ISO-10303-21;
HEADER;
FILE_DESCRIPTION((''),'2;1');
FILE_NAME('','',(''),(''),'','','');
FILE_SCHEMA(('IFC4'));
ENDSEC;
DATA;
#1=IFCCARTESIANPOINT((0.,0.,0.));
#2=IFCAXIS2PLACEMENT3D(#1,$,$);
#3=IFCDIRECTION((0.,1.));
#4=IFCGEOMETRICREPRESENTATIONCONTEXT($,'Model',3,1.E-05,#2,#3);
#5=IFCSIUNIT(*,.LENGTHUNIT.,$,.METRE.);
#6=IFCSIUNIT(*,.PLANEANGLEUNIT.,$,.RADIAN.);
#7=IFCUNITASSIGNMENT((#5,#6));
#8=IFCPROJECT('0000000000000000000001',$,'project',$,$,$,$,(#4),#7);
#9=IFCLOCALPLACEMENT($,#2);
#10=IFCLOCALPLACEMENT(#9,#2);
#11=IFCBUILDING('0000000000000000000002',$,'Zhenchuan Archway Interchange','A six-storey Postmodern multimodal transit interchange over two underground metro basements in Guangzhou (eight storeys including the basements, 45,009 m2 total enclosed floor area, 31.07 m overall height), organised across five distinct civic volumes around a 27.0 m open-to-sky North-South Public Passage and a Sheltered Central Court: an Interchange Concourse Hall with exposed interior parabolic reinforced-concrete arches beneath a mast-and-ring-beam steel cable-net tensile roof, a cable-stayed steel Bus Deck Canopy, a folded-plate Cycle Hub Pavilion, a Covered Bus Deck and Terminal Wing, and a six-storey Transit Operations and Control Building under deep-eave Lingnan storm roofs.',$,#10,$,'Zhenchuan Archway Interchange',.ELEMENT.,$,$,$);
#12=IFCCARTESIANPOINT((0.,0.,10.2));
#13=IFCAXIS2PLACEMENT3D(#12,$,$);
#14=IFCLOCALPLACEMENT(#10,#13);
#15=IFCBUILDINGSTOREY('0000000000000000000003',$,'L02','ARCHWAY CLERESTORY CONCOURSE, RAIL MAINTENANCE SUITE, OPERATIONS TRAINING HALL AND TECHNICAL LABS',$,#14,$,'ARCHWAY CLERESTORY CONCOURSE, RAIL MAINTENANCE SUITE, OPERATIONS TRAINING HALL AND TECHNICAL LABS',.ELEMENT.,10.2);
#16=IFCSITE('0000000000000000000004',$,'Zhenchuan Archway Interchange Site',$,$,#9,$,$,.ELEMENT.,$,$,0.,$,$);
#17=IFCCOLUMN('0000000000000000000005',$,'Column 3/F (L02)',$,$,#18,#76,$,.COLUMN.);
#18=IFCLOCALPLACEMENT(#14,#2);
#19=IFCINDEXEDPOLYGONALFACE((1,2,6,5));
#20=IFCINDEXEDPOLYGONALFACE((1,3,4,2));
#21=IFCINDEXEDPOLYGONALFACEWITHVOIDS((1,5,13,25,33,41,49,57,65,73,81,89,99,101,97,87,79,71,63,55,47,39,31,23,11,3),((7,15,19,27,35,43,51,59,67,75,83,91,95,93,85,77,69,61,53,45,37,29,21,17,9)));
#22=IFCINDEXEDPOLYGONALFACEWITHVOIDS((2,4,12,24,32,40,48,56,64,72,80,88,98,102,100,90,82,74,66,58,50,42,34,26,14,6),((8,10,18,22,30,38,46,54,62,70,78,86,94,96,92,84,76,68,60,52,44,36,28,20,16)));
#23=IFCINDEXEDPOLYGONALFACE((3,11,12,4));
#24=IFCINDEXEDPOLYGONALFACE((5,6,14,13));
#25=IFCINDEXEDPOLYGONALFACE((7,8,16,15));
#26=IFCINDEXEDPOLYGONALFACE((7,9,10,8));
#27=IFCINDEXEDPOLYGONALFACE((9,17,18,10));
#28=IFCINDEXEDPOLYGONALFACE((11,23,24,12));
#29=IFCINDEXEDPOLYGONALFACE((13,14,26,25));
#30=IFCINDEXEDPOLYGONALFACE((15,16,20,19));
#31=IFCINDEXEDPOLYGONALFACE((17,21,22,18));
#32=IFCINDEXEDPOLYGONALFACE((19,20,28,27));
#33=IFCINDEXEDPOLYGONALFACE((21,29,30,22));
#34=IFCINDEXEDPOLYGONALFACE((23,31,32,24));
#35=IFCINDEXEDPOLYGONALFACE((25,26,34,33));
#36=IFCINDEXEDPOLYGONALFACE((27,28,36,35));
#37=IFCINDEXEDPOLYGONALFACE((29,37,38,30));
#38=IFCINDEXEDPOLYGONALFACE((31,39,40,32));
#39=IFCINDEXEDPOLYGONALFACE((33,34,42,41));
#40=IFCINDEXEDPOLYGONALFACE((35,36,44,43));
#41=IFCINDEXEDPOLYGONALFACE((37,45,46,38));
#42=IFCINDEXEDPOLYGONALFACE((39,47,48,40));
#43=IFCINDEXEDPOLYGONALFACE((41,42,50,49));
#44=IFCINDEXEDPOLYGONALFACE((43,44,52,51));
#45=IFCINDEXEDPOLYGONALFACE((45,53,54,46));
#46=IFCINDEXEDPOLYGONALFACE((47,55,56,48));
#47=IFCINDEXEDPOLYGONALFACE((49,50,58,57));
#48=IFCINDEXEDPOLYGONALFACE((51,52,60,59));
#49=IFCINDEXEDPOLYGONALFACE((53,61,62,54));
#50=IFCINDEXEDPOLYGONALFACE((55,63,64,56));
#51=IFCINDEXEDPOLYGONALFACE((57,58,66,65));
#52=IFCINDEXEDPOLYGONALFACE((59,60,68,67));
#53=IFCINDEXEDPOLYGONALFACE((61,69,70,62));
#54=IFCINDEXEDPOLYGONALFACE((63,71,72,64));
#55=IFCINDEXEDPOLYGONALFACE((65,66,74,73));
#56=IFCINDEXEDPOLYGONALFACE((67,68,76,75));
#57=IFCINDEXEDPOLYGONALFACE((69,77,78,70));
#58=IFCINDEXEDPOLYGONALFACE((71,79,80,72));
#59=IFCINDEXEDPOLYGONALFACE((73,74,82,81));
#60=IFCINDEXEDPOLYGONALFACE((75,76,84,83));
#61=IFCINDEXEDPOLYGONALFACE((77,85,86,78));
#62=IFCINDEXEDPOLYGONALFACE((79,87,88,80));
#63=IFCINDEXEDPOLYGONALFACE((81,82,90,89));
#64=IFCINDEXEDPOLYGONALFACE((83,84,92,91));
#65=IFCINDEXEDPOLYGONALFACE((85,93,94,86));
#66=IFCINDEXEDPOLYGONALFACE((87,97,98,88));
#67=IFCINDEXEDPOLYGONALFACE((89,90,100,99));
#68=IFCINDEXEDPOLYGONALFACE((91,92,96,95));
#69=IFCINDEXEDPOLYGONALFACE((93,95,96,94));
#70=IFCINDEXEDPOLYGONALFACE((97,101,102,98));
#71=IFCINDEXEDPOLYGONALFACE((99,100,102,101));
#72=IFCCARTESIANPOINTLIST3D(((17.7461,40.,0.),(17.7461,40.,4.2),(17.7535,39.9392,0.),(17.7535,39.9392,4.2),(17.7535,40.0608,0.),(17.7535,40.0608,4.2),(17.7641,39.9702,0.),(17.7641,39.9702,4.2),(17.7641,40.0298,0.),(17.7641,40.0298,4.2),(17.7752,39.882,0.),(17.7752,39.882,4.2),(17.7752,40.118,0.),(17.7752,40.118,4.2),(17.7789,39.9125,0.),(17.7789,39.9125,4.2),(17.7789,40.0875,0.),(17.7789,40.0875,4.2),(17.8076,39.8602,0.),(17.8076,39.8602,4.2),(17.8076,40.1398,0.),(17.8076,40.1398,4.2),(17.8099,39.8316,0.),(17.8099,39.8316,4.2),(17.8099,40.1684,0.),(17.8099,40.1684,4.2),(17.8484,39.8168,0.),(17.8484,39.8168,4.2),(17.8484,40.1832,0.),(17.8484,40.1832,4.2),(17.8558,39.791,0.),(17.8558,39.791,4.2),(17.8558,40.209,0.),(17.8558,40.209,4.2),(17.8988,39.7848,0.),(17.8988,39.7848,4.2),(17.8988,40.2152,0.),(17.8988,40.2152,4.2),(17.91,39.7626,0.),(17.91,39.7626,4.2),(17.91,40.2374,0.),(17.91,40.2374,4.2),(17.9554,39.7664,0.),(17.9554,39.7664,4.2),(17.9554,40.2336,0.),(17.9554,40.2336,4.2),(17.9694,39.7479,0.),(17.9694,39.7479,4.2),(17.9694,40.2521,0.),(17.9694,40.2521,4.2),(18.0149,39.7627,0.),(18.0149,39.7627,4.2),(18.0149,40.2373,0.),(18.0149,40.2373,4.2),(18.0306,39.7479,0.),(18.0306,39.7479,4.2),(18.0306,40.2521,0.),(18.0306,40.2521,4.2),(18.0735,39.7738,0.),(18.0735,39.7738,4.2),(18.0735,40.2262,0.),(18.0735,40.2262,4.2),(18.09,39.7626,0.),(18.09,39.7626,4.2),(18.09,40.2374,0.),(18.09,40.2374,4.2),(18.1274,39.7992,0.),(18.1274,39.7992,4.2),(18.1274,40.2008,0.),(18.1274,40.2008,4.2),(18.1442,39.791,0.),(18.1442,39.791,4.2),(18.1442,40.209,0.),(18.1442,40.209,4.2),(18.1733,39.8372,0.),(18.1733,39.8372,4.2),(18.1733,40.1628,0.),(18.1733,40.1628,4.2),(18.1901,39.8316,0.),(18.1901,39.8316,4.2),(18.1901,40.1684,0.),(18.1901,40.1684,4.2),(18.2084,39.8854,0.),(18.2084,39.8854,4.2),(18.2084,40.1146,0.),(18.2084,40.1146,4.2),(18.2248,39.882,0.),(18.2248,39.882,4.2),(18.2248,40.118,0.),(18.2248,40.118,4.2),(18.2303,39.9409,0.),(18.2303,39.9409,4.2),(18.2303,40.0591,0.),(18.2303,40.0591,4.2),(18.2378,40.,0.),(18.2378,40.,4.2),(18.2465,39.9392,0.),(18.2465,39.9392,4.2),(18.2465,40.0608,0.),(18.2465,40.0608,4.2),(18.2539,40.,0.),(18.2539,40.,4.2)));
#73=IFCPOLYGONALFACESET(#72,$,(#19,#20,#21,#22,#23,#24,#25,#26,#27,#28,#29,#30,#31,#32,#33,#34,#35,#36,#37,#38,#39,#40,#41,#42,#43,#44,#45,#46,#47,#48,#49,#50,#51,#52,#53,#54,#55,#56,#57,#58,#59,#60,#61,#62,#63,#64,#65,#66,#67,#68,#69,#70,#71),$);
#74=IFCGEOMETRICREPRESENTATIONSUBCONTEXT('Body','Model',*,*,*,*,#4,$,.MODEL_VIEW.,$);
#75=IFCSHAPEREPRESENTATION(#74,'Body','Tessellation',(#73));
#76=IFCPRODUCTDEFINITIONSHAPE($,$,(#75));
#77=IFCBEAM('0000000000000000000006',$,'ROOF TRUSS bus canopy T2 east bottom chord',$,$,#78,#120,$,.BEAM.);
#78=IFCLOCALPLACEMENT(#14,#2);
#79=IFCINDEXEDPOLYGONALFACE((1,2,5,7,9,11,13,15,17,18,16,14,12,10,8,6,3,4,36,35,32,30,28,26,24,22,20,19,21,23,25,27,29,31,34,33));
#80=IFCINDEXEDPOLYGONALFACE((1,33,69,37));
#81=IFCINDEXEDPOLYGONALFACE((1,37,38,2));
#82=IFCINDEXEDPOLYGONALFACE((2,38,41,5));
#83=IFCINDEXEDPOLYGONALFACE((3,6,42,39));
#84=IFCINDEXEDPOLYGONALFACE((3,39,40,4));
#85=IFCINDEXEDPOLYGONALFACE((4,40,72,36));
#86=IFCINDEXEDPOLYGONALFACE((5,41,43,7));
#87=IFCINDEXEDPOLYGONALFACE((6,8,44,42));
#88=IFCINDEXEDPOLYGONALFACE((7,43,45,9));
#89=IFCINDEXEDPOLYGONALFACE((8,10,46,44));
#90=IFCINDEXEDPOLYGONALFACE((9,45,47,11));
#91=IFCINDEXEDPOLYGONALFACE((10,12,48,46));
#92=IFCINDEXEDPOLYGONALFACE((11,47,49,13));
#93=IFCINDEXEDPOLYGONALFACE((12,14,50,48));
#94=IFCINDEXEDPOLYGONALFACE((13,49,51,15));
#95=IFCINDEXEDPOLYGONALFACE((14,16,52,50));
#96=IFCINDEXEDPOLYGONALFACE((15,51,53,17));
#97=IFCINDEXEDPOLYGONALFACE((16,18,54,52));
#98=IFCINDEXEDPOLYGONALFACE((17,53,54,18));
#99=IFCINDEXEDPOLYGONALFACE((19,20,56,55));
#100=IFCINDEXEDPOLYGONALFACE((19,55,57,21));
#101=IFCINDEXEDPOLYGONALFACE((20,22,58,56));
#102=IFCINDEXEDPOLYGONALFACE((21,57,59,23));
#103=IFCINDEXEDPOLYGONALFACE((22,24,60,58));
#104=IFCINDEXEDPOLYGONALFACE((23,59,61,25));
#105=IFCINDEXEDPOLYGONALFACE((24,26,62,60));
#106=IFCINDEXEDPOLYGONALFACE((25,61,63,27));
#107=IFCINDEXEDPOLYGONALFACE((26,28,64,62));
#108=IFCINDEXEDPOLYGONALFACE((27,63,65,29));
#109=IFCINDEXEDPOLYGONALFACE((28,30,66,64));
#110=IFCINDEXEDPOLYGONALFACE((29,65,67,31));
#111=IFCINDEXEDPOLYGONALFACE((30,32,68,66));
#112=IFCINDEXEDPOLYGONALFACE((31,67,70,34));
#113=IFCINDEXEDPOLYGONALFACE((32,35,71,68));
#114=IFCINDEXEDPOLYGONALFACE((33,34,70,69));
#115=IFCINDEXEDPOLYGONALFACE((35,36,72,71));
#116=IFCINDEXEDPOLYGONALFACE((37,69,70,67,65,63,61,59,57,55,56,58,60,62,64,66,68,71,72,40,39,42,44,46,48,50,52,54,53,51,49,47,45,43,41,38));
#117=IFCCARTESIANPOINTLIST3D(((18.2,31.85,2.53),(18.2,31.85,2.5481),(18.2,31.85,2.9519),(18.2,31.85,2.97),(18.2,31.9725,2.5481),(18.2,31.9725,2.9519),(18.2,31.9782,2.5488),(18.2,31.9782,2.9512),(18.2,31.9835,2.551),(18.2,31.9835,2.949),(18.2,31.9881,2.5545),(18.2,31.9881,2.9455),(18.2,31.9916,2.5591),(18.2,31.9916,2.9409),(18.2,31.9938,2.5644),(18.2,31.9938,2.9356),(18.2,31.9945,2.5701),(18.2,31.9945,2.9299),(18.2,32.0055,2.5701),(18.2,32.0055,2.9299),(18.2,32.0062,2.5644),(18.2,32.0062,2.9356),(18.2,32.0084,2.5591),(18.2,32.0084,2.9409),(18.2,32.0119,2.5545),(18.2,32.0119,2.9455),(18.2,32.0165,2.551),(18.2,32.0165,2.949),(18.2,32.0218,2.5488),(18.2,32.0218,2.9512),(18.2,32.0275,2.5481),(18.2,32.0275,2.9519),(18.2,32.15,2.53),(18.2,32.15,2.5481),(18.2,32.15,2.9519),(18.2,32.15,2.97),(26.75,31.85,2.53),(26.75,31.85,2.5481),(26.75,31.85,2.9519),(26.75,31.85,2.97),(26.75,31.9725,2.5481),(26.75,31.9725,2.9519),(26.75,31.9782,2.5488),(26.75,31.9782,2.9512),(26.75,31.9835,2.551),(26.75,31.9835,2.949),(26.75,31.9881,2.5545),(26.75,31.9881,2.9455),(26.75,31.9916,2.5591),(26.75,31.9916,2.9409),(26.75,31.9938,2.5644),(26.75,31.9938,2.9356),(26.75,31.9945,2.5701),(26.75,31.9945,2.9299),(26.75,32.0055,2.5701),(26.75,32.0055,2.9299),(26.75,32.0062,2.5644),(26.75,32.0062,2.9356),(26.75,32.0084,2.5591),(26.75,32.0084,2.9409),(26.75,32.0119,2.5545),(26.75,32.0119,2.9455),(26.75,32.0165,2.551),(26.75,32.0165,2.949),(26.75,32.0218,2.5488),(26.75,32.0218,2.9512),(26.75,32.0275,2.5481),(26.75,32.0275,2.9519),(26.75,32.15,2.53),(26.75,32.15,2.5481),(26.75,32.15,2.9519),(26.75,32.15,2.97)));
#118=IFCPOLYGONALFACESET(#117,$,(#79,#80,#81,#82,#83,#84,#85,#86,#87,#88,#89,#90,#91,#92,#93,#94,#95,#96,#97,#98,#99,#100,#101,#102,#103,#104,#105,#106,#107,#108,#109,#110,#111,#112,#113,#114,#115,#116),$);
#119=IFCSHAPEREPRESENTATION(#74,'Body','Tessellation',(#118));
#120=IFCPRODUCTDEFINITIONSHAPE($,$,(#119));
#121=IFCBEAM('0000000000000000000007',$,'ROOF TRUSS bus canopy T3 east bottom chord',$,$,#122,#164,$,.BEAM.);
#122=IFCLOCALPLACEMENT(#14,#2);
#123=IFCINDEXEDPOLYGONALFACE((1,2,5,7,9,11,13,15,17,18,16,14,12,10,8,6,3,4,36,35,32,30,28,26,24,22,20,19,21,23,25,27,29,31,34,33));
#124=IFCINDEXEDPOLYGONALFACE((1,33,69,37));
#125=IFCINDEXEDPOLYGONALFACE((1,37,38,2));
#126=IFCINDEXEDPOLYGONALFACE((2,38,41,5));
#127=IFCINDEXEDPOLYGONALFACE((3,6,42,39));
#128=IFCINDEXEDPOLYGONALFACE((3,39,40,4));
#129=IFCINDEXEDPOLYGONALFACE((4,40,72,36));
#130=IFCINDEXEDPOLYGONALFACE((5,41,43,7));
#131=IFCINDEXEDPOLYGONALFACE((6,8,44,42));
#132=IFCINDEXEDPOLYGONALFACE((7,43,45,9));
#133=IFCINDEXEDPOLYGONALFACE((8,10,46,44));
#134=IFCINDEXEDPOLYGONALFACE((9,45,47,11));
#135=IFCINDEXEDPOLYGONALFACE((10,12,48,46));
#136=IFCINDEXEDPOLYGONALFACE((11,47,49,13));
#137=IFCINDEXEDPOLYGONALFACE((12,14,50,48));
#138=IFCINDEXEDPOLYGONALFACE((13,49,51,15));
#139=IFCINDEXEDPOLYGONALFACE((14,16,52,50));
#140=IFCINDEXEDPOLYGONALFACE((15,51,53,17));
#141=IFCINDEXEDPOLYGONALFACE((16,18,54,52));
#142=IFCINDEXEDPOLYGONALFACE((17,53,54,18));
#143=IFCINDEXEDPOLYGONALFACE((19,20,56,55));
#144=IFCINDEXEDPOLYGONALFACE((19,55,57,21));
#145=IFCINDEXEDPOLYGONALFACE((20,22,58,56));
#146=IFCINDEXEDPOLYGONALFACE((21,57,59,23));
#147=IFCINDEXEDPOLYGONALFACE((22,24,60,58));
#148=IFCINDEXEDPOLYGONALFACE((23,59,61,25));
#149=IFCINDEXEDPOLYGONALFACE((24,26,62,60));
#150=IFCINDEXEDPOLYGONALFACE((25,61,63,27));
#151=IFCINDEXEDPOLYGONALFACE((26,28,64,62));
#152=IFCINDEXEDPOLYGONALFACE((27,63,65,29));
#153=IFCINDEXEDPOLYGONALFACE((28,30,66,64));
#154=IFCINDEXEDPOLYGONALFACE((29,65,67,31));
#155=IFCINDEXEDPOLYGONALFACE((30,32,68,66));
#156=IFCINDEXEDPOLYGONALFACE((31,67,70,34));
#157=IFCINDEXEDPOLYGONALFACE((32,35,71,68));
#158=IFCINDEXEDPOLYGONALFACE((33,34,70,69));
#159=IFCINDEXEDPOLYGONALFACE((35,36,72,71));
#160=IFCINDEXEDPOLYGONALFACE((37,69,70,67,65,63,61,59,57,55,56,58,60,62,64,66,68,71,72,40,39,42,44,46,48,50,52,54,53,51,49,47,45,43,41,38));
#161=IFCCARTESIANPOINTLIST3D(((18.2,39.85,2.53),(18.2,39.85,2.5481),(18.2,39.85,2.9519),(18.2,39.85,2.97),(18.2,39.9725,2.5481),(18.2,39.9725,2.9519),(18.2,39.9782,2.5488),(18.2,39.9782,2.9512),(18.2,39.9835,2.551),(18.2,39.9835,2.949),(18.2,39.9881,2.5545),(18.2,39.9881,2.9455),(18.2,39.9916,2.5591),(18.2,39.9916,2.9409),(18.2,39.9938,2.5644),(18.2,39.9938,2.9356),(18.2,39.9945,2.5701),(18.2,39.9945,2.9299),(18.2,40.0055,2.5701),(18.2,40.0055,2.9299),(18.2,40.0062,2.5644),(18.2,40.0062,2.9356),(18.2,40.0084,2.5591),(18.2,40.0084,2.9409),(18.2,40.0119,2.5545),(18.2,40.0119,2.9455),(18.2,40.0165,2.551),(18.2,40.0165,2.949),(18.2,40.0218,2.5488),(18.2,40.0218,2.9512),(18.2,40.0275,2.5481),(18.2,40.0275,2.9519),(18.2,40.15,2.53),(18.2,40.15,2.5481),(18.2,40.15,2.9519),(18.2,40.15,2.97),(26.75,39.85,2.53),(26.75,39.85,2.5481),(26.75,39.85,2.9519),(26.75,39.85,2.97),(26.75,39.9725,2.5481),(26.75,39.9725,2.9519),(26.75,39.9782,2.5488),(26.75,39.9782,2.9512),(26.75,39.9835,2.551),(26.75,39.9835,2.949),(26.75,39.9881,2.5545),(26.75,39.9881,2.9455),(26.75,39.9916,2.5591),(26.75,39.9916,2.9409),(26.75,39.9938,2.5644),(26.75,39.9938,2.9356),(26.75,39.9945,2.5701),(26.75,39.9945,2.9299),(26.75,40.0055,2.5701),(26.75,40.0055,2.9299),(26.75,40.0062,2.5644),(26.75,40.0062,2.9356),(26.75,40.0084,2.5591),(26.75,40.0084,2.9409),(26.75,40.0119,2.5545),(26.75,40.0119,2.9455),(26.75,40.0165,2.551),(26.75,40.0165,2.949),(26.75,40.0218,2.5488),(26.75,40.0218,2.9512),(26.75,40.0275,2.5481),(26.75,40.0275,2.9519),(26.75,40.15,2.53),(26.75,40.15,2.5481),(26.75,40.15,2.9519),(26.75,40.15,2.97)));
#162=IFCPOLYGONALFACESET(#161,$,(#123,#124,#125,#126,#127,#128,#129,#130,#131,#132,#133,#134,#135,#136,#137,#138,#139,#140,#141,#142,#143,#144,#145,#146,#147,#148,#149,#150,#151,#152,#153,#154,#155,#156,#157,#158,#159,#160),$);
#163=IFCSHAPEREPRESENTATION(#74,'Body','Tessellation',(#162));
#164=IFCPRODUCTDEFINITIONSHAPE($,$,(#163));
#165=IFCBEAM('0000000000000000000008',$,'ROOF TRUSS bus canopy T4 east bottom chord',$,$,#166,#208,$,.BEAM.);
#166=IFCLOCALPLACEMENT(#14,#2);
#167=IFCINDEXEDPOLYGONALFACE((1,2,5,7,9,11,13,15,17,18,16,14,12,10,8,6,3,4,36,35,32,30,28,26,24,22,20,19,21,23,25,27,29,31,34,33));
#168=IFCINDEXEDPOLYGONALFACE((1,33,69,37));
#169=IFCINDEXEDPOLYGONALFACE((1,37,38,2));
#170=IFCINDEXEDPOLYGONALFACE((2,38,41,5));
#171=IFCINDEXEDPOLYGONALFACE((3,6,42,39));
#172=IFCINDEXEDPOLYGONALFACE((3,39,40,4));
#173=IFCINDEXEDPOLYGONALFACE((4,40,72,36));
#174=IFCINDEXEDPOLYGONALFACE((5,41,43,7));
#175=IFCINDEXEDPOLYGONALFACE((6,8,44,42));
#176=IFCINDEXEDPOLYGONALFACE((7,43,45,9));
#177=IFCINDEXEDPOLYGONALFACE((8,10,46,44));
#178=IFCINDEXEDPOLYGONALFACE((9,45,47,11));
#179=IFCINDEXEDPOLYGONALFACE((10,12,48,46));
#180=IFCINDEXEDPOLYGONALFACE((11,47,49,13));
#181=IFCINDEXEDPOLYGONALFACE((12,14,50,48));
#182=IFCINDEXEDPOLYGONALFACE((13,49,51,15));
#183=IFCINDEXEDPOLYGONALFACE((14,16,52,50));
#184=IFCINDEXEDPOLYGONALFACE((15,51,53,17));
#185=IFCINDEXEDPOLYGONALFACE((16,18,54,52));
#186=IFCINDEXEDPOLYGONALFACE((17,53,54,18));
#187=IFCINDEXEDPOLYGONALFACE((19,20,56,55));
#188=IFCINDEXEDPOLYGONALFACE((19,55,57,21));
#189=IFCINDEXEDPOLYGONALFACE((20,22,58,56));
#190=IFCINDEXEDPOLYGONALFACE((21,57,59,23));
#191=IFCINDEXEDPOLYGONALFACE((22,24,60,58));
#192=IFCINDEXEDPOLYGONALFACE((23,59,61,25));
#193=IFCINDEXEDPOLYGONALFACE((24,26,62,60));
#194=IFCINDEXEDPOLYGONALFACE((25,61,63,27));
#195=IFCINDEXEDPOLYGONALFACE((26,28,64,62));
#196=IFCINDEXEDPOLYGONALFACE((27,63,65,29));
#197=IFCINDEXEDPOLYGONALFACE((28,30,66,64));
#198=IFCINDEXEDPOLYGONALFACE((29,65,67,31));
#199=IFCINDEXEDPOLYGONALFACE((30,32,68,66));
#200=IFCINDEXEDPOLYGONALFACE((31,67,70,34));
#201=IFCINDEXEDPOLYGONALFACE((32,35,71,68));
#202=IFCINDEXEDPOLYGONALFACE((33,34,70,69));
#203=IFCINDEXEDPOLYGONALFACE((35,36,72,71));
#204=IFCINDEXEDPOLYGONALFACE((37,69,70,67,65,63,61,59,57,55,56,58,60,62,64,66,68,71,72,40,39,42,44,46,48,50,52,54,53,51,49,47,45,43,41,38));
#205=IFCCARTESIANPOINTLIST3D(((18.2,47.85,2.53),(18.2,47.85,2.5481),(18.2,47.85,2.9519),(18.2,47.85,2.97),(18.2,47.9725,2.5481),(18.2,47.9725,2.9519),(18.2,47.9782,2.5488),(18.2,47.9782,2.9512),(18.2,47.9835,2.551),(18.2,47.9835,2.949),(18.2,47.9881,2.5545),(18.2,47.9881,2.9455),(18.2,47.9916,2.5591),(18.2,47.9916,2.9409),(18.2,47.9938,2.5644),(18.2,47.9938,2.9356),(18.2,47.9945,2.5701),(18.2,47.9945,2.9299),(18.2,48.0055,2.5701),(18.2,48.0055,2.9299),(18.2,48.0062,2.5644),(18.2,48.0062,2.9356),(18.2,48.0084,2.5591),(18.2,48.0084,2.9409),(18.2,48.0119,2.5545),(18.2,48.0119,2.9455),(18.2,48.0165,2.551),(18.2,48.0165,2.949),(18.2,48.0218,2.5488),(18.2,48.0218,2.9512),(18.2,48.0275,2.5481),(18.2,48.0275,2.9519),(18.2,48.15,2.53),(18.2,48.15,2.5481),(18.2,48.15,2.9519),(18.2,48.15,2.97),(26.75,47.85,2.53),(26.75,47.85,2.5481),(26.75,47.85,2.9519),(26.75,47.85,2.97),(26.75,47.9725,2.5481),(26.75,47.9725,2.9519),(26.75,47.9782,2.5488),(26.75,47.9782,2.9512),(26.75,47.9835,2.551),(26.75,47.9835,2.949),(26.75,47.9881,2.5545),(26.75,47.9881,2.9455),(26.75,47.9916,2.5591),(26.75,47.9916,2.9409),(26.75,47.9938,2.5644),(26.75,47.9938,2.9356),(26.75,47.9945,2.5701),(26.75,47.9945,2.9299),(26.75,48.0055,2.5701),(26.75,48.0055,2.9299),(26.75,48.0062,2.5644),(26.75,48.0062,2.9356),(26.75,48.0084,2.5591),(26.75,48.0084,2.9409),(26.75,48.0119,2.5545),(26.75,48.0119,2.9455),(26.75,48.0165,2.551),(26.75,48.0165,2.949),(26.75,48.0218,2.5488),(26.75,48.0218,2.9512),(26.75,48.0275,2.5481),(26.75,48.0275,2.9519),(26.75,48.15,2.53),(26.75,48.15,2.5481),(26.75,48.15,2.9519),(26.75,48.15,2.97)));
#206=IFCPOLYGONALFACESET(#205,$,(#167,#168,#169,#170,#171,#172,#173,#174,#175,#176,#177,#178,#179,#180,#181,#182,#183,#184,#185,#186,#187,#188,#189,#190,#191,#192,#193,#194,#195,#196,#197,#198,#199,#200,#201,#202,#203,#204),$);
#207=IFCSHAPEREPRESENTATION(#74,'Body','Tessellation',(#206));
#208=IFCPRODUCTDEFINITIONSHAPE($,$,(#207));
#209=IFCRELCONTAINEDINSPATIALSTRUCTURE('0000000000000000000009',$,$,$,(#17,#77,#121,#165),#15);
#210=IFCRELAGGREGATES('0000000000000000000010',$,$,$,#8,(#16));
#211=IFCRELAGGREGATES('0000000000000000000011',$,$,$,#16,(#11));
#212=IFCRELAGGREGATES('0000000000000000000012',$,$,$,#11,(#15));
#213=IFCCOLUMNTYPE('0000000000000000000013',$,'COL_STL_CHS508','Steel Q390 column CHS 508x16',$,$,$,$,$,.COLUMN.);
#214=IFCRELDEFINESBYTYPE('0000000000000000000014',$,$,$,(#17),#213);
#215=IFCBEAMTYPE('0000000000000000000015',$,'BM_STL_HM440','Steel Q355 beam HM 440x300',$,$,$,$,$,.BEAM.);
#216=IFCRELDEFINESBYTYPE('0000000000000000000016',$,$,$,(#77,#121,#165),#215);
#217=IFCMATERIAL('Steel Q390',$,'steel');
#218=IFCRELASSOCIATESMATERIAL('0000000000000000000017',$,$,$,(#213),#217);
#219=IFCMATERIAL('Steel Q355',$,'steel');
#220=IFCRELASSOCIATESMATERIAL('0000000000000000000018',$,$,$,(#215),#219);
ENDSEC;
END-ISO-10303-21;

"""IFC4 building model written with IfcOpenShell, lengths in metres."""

from ifc_helpers import new_model, si_unit, direction, frame, origin, origin_2d, place, context, subcontext, project, spatial, hollow_circle, i_section, extrude, material, material_profile, profile_set, type_object, element, save


model = new_model("IFC4")

# Units and contexts
model_context = context("Model", 3, precision=1e-05, world=origin(), true_north=direction((0.0, 1.0)))
body_context = subcontext(model_context, "Body", "Model", "MODEL_VIEW")
ifc_project = project(units=[si_unit("LENGTHUNIT", "METRE"), si_unit("PLANEANGLEUNIT", "RADIAN")], contexts=[model_context])

# Site, building, storey
site_placement = place(None, origin())
site = spatial("IfcSite", under=ifc_project, at=site_placement, Name="Zhenchuan Archway Interchange Site", CompositionType="ELEMENT", RefElevation=0.0)
building_placement = place(site_placement, origin())
building = spatial("IfcBuilding", under=site, at=building_placement, Name="Zhenchuan Archway Interchange", Description="A six-storey Postmodern multimodal transit interchange over two underground metro basements in Guangzhou (eight storeys including the basements, 45,009 m2 total enclosed floor area, 31.07 m overall height), organised across five distinct civic volumes around a 27.0 m open-to-sky North-South Public Passage and a Sheltered Central Court: an Interchange Concourse Hall with exposed interior parabolic reinforced-concrete arches beneath a mast-and-ring-beam steel cable-net tensile roof, a cable-stayed steel Bus Deck Canopy, a folded-plate Cycle Hub Pavilion, a Covered Bus Deck and Terminal Wing, and a six-storey Transit Operations and Control Building under deep-eave Lingnan storm roofs.", LongName="Zhenchuan Archway Interchange", CompositionType="ELEMENT")
storey_placement = place(building_placement, frame((0.0, 0.0, 10.2)))
storey = spatial("IfcBuildingStorey", under=building, at=storey_placement, Name="L02", Description="ARCHWAY CLERESTORY CONCOURSE, RAIL MAINTENANCE SUITE, OPERATIONS TRAINING HALL AND TECHNICAL LABS", LongName="ARCHWAY CLERESTORY CONCOURSE, RAIL MAINTENANCE SUITE, OPERATIONS TRAINING HALL AND TECHNICAL LABS", CompositionType="ELEMENT", Elevation=10.2)

# Column
ifc_material_1 = material(Name="Steel Q390", Category="steel")
ifc_material_profile_1 = material_profile(ifc_material_1, hollow_circle(Radius=0.2539, WallThickness=0.0161, at=origin_2d()), Name="CHS 508x16")
ifc_profile_set_1 = profile_set([ifc_material_profile_1], Name="Steel Q390")
column_type_1 = type_object("IfcColumnType", Name="COL_STL_CHS508", Description="Steel Q390 column CHS 508x16", PredefinedType="COLUMN", material=ifc_profile_set_1)
column_1_placement = place(storey_placement, frame((18.0, 40.0, 0.0), z_axis=(0.0, 0.0, 1.0), x_axis=(1.0, 0.0, 0.0)))
element("IfcColumn", 1, at=column_1_placement, inside=storey, type_object=column_type_1, Name="Column 3/F (L02)", PredefinedType="COLUMN", context=body_context, shape_type="SweptSolid", body=[
    extrude(hollow_circle(Radius=0.2539, WallThickness=0.0161, at=origin_2d()), origin(), (0.0, 0.0, 1.0), 4.2),
])

# Beams
ifc_material_2 = material(Name="Steel Q355", Category="steel")
ifc_material_profile_2 = material_profile(ifc_material_2, i_section(OverallWidth=0.3, OverallDepth=0.4399, WebThickness=0.011, FlangeThickness=0.0181, FilletRadius=0.022, at=origin_2d()), Name="HM 440x300")
ifc_profile_set_2 = profile_set([ifc_material_profile_2], Name="Steel Q355")
beam_type = type_object("IfcBeamType", Name="BM_STL_HM440", Description="Steel Q355 beam HM 440x300", PredefinedType="BEAM", material=ifc_profile_set_2)
for number, where, z_axis, x_axis, name in (
    (2, (18.2, 32.0, 2.75), (1.0, 0.0, 0.0), (0.0, 1.0, 0.0), "ROOF TRUSS bus canopy T2 east bottom chord"),
    (3, (18.2, 40.0, 2.75), (1.0, 0.0, 0.0), (0.0, 1.0, 0.0), "ROOF TRUSS bus canopy T3 east bottom chord"),
    (4, (18.2, 48.0, 2.75), (1.0, 0.0, 0.0), (0.0, 1.0, 0.0), "ROOF TRUSS bus canopy T4 east bottom chord"),
):
    element("IfcBeam", number, at=place(storey_placement, frame(where, z_axis=z_axis, x_axis=x_axis)), inside=storey, type_object=beam_type, Name=name, PredefinedType="BEAM", context=body_context, shape_type="SweptSolid", body=[
        extrude(i_section(OverallWidth=0.3, OverallDepth=0.4399, WebThickness=0.011, FlangeThickness=0.0181, FilletRadius=0.022, at=origin_2d()), origin(), (0.0, 0.0, 1.0), 8.55),
    ])

save(model, "model.ifc")
